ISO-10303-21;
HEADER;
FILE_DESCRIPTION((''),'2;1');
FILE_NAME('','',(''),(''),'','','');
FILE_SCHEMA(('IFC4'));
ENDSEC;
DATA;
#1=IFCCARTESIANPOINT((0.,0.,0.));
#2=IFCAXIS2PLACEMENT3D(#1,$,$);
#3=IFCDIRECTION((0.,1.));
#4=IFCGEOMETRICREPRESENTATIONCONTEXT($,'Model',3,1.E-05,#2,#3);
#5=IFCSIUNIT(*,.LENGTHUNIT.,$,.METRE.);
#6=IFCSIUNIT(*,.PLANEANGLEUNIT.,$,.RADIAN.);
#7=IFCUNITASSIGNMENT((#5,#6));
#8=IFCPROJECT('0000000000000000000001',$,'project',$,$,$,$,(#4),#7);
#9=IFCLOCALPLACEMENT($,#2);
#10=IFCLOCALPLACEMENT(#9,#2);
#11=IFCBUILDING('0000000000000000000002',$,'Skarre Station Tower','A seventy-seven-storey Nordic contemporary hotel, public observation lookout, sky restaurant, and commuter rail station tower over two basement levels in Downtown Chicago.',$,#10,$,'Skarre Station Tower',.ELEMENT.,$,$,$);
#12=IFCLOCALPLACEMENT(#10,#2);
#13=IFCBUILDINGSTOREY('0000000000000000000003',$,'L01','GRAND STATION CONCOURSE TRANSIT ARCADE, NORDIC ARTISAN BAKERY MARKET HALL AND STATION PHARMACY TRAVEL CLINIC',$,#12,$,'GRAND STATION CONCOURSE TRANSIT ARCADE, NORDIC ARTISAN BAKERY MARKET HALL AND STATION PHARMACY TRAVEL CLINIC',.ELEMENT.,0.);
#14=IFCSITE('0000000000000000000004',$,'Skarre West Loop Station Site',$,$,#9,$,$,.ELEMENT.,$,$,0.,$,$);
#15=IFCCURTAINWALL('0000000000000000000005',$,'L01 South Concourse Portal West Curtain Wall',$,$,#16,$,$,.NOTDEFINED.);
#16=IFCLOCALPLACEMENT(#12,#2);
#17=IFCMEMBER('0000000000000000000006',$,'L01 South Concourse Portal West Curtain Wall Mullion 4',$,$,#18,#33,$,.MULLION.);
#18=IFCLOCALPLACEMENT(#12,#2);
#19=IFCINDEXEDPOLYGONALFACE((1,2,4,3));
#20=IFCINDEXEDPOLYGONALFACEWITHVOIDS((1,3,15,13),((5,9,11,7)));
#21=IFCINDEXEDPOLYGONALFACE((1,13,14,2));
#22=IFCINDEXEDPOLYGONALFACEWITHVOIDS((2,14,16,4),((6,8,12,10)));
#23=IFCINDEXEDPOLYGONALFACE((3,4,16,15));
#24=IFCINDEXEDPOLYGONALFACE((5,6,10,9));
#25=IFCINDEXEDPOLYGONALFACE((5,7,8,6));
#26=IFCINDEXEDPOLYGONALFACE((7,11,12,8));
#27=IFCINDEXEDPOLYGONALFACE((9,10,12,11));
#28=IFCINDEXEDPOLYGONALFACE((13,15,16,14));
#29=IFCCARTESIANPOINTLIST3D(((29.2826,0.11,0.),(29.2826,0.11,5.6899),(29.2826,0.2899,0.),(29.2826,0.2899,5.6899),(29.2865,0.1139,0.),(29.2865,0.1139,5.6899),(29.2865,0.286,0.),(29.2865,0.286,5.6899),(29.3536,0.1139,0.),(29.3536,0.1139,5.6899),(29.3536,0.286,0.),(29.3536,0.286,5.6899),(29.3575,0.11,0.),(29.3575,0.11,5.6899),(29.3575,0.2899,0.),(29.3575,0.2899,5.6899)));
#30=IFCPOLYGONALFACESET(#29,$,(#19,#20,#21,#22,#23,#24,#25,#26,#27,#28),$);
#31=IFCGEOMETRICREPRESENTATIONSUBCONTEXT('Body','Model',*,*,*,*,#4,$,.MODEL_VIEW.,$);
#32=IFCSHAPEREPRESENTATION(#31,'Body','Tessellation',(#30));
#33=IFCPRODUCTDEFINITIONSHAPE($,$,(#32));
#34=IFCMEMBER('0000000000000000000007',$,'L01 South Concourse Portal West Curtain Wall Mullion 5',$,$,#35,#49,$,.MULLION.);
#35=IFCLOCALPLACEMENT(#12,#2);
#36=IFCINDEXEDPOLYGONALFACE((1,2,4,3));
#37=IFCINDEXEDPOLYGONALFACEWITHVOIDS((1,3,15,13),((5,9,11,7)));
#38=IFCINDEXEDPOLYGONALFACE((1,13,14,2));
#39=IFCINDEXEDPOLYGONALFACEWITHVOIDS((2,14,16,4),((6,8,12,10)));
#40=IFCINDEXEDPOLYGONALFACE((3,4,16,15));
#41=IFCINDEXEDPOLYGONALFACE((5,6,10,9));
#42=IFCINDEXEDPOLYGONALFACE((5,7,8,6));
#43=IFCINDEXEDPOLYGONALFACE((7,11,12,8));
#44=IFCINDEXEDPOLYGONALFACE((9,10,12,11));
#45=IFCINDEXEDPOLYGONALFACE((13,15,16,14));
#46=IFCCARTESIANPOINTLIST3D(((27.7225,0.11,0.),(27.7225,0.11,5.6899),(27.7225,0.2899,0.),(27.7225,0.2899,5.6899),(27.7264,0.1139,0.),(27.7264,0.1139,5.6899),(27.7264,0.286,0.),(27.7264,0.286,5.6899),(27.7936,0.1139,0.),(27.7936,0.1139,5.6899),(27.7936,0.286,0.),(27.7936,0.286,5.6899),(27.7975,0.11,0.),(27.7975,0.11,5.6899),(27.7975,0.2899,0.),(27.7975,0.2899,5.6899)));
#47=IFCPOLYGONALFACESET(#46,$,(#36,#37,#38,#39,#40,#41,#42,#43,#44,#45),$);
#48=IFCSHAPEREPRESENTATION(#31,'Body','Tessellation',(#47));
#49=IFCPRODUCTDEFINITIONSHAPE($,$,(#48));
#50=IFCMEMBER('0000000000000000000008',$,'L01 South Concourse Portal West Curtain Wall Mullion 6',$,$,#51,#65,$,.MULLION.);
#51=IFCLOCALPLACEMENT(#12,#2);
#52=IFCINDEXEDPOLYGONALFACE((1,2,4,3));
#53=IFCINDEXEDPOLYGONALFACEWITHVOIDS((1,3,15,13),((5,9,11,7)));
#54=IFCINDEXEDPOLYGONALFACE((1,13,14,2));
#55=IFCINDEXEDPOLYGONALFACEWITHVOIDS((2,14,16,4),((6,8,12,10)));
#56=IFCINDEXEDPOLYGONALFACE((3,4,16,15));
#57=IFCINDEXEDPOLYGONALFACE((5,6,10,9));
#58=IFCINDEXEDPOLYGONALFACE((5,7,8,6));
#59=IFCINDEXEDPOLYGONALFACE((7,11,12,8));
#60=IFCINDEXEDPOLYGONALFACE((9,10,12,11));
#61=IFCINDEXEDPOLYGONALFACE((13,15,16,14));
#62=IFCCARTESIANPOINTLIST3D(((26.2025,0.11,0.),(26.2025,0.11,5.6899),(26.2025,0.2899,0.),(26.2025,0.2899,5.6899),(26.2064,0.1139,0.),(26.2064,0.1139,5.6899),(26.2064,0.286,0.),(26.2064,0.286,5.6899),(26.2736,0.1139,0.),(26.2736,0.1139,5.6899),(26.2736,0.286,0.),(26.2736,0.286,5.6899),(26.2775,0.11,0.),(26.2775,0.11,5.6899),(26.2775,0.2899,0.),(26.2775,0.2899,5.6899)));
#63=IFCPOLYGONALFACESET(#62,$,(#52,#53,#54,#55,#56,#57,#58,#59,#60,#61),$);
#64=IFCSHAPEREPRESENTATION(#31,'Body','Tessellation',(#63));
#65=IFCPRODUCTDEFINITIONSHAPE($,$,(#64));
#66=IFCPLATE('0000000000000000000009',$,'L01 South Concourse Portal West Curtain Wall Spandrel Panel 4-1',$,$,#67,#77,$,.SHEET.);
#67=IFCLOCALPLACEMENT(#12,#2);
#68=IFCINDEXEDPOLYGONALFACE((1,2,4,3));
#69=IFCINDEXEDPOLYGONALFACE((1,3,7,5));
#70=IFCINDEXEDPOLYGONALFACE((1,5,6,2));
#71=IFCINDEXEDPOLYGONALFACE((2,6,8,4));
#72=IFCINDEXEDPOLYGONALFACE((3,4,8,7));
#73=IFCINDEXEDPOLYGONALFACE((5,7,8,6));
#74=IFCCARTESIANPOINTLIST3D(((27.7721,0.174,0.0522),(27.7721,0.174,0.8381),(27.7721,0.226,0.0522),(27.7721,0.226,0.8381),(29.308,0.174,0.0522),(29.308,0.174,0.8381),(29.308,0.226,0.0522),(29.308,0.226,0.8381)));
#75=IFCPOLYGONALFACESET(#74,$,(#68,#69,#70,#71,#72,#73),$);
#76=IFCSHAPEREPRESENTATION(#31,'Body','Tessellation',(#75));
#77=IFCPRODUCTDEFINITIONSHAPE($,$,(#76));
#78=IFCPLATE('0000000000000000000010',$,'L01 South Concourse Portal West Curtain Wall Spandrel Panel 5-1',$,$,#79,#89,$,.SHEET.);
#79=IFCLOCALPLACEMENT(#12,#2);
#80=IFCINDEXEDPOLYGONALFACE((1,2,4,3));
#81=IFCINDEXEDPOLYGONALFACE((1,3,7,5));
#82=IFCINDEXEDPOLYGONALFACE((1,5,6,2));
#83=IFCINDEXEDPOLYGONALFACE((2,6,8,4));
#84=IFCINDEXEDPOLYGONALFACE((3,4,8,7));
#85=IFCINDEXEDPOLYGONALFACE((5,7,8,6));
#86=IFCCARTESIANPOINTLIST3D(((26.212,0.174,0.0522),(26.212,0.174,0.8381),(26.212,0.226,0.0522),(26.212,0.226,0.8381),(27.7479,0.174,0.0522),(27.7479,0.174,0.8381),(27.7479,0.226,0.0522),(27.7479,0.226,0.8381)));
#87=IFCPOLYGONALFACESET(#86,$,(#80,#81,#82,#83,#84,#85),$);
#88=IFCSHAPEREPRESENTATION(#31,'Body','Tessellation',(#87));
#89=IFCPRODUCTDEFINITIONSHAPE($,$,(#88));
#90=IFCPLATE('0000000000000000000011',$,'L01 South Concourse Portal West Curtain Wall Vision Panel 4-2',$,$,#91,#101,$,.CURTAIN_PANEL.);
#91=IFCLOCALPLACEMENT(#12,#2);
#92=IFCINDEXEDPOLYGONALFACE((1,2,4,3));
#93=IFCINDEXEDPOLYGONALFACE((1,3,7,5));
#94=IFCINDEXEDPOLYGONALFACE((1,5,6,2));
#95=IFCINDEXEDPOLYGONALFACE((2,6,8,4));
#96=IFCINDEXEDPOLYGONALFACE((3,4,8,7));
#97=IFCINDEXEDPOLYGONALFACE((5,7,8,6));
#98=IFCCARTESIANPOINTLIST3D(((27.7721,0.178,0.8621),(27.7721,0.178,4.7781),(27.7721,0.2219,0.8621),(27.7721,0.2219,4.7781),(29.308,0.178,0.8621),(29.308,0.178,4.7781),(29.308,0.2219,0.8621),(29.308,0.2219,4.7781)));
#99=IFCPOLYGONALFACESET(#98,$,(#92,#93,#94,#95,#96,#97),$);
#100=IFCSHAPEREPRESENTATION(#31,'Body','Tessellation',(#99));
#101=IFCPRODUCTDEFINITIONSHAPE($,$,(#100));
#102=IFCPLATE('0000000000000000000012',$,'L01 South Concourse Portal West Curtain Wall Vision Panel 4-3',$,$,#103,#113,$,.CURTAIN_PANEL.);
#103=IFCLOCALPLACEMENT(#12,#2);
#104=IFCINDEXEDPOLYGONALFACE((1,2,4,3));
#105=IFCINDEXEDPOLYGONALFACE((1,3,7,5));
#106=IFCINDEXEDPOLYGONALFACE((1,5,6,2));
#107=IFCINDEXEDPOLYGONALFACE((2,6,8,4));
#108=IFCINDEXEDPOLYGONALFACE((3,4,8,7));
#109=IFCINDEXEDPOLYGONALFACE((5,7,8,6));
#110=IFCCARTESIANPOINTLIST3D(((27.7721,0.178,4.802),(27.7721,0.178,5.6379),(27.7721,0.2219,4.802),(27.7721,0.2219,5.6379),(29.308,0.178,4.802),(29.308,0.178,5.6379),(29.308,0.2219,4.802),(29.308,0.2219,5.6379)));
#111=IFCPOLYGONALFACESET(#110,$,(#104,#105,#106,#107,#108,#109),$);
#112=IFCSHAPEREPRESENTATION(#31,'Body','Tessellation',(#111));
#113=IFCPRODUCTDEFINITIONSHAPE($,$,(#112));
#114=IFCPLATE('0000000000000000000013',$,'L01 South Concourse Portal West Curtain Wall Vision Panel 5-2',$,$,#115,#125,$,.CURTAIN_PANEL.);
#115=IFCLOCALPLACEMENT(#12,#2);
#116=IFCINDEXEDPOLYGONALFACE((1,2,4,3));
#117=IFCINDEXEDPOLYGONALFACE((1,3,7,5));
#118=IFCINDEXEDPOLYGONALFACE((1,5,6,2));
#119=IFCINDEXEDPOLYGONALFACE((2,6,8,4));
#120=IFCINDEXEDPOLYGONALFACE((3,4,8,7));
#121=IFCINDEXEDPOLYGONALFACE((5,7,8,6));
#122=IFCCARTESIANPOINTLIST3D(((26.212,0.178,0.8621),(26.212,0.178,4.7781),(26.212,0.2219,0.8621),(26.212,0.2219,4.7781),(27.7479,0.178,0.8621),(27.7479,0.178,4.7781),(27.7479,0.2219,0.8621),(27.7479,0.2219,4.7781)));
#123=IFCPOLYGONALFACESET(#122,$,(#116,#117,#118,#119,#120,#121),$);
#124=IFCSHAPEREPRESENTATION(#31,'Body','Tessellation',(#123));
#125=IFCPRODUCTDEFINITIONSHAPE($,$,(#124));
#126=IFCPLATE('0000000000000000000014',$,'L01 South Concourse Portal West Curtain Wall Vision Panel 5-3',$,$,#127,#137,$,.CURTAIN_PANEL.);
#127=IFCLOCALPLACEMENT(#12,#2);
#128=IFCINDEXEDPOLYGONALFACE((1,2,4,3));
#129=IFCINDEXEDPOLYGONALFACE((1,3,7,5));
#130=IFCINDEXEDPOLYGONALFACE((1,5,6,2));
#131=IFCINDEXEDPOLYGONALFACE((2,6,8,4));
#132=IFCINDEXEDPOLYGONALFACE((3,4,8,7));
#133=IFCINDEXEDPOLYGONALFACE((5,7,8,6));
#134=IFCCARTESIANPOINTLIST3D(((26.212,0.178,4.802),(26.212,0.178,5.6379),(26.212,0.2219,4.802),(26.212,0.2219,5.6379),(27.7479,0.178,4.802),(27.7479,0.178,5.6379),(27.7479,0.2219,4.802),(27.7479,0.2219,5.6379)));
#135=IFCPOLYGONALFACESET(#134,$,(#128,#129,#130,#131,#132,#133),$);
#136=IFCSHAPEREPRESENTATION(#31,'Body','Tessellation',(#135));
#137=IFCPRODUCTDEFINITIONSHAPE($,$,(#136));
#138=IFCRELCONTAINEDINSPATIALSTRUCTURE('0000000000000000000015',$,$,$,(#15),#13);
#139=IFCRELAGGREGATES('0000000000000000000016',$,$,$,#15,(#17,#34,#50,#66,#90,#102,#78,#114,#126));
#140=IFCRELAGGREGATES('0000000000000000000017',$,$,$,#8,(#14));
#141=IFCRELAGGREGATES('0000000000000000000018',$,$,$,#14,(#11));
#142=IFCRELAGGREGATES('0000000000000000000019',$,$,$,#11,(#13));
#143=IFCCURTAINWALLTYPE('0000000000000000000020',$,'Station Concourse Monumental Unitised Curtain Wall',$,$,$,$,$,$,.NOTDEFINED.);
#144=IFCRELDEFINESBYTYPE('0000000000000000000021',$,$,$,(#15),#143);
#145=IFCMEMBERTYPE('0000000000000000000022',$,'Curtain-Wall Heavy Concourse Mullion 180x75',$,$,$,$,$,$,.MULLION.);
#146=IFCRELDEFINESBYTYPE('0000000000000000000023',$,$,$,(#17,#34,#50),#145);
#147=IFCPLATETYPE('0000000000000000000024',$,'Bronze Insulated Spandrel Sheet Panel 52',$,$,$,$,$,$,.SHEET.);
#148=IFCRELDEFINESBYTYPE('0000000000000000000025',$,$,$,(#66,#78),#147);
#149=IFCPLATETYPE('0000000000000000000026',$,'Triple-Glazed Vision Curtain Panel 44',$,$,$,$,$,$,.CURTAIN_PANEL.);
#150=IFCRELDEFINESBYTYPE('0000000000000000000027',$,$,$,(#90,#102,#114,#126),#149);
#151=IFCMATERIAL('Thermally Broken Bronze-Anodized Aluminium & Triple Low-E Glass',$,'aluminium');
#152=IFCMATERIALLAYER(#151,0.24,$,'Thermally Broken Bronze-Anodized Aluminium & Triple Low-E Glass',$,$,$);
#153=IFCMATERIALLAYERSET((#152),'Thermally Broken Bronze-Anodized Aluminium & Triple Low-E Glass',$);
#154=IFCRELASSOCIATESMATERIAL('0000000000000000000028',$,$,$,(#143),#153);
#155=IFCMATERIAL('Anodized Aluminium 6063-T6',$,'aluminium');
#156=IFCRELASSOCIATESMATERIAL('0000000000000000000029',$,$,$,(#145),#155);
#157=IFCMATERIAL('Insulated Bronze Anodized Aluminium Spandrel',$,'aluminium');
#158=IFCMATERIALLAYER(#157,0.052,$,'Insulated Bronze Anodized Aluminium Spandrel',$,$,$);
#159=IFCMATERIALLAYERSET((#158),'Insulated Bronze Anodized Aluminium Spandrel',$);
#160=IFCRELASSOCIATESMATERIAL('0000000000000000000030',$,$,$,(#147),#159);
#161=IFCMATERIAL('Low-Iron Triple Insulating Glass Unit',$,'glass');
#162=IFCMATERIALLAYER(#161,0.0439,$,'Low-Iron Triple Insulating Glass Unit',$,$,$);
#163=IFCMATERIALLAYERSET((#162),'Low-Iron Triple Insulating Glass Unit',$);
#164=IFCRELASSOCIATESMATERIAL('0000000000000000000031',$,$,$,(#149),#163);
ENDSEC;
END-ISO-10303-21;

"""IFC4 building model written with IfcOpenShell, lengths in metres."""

from ifc_helpers import new_model, si_unit, direction, frame, origin, origin_2d, place, context, subcontext, project, spatial, rectangle, hollow_rectangle, extrude, material, layer, layer_set, material_profile, profile_set, type_object, element, aggregate, save


model = new_model("IFC4")

# Units and contexts
model_context = context("Model", 3, precision=1e-05, world=origin(), true_north=direction((0.0, 1.0)))
body_context = subcontext(model_context, "Body", "Model", "MODEL_VIEW")
ifc_project = project(units=[si_unit("LENGTHUNIT", "METRE"), si_unit("PLANEANGLEUNIT", "RADIAN")], contexts=[model_context])

# Site, building, storey
site_placement = place(None, origin())
site = spatial("IfcSite", under=ifc_project, at=site_placement, Name="Skarre West Loop Station Site", CompositionType="ELEMENT", RefElevation=0.0)
building_placement = place(site_placement, origin())
building = spatial("IfcBuilding", under=site, at=building_placement, Name="Skarre Station Tower", Description="A seventy-seven-storey Nordic contemporary hotel, public observation lookout, sky restaurant, and commuter rail station tower over two basement levels in Downtown Chicago.", LongName="Skarre Station Tower", CompositionType="ELEMENT")
storey_placement = place(building_placement, origin())
storey = spatial("IfcBuildingStorey", under=building, at=storey_placement, Name="L01", Description="GRAND STATION CONCOURSE TRANSIT ARCADE, NORDIC ARTISAN BAKERY MARKET HALL AND STATION PHARMACY TRAVEL CLINIC", LongName="GRAND STATION CONCOURSE TRANSIT ARCADE, NORDIC ARTISAN BAKERY MARKET HALL AND STATION PHARMACY TRAVEL CLINIC", CompositionType="ELEMENT", Elevation=0.0)

# Curtain wall, members, plates
ifc_material_1 = material(Name="Thermally Broken Bronze-Anodized Aluminium & Triple Low-E Glass", Category="aluminium")
ifc_layer_1 = layer(ifc_material_1, 0.24, Name="Thermally Broken Bronze-Anodized Aluminium & Triple Low-E Glass")
ifc_layer_set_1 = layer_set([ifc_layer_1], Name="Thermally Broken Bronze-Anodized Aluminium & Triple Low-E Glass")
curtain_wall_type = type_object("IfcCurtainWallType", Name="Station Concourse Monumental Unitised Curtain Wall", PredefinedType="NOTDEFINED", material=ifc_layer_set_1)
curtain_wall_placement = place(storey_placement, origin())
curtain_wall = element("IfcCurtainWall", 1, at=curtain_wall_placement, inside=storey, type_object=curtain_wall_type, Name="L01 South Concourse Portal West Curtain Wall", PredefinedType="NOTDEFINED")
ifc_material_2 = material(Name="Anodized Aluminium 6063-T6", Category="aluminium")
ifc_material_profile = material_profile(ifc_material_2, hollow_rectangle(XDim=0.075, YDim=0.1799, WallThickness=0.0039, at=origin_2d()), Name="Anodized Aluminium 6063-T6")
ifc_profile_set = profile_set([ifc_material_profile], Name="Anodized Aluminium 6063-T6")
member_type = type_object("IfcMemberType", Name="Curtain-Wall Heavy Concourse Mullion 180x75", PredefinedType="MULLION", material=ifc_profile_set)
member_1_placement = place(storey_placement, frame((29.3201, 0.2, 0.0), z_axis=(0.0, 0.0, 1.0), x_axis=(-1.0, 0.0, 0.0)))
member_1 = element("IfcMember", 2, at=member_1_placement, type_object=member_type, Name="L01 South Concourse Portal West Curtain Wall Mullion 4", PredefinedType="MULLION", context=body_context, shape_type="SweptSolid", body=[
    extrude(hollow_rectangle(XDim=0.075, YDim=0.1799, WallThickness=0.0039, at=origin_2d()), origin(), (0.0, 0.0, 1.0), 5.6899),
])
member_2_placement = place(storey_placement, frame((27.76, 0.2, 0.0), z_axis=(0.0, 0.0, 1.0), x_axis=(-1.0, 0.0, 0.0)))
member_2 = element("IfcMember", 3, at=member_2_placement, type_object=member_type, Name="L01 South Concourse Portal West Curtain Wall Mullion 5", PredefinedType="MULLION", context=body_context, shape_type="SweptSolid", body=[
    extrude(hollow_rectangle(XDim=0.075, YDim=0.1799, WallThickness=0.0039, at=origin_2d()), origin(), (0.0, 0.0, 1.0), 5.6899),
])
member_3_placement = place(storey_placement, frame((26.24, 0.2, 0.0), z_axis=(0.0, 0.0, 1.0), x_axis=(-1.0, 0.0, 0.0)))
member_3 = element("IfcMember", 4, at=member_3_placement, type_object=member_type, Name="L01 South Concourse Portal West Curtain Wall Mullion 6", PredefinedType="MULLION", context=body_context, shape_type="SweptSolid", body=[
    extrude(hollow_rectangle(XDim=0.075, YDim=0.1799, WallThickness=0.0039, at=origin_2d()), origin(), (0.0, 0.0, 1.0), 5.6899),
])
ifc_material_3 = material(Name="Insulated Bronze Anodized Aluminium Spandrel", Category="aluminium")
ifc_layer_2 = layer(ifc_material_3, 0.052, Name="Insulated Bronze Anodized Aluminium Spandrel")
ifc_layer_set_2 = layer_set([ifc_layer_2], Name="Insulated Bronze Anodized Aluminium Spandrel")
plate_type_1 = type_object("IfcPlateType", Name="Bronze Insulated Spandrel Sheet Panel 52", PredefinedType="SHEET", material=ifc_layer_set_2)
plate_1_placement = place(storey_placement, frame((28.54, 0.2, 0.0522), z_axis=(0.0, 0.0, 1.0), x_axis=(-1.0, 0.0, 0.0)))
plate_1 = element("IfcPlate", 5, at=plate_1_placement, type_object=plate_type_1, Name="L01 South Concourse Portal West Curtain Wall Spandrel Panel 4-1", PredefinedType="SHEET", context=body_context, shape_type="SweptSolid", body=[
    extrude(rectangle(XDim=1.5359, YDim=0.052, at=origin_2d()), origin(), (0.0, 0.0, 1.0), 0.7859),
])
plate_2_placement = place(storey_placement, frame((26.98, 0.2, 0.0522), z_axis=(0.0, 0.0, 1.0), x_axis=(-1.0, 0.0, 0.0)))
plate_2 = element("IfcPlate", 6, at=plate_2_placement, type_object=plate_type_1, Name="L01 South Concourse Portal West Curtain Wall Spandrel Panel 5-1", PredefinedType="SHEET", context=body_context, shape_type="SweptSolid", body=[
    extrude(rectangle(XDim=1.5359, YDim=0.052, at=origin_2d()), origin(), (0.0, 0.0, 1.0), 0.7859),
])
ifc_material_4 = material(Name="Low-Iron Triple Insulating Glass Unit", Category="glass")
ifc_layer_3 = layer(ifc_material_4, 0.0439, Name="Low-Iron Triple Insulating Glass Unit")
ifc_layer_set_3 = layer_set([ifc_layer_3], Name="Low-Iron Triple Insulating Glass Unit")
plate_type_2 = type_object("IfcPlateType", Name="Triple-Glazed Vision Curtain Panel 44", PredefinedType="CURTAIN_PANEL", material=ifc_layer_set_3)
plate_3_placement = place(storey_placement, frame((28.54, 0.2, 0.8621), z_axis=(0.0, 0.0, 1.0), x_axis=(-1.0, 0.0, 0.0)))
plate_3 = element("IfcPlate", 7, at=plate_3_placement, type_object=plate_type_2, Name="L01 South Concourse Portal West Curtain Wall Vision Panel 4-2", PredefinedType="CURTAIN_PANEL", context=body_context, shape_type="SweptSolid", body=[
    extrude(rectangle(XDim=1.5359, YDim=0.0439, at=origin_2d()), origin(), (0.0, 0.0, 1.0), 3.916),
])
plate_4_placement = place(storey_placement, frame((28.54, 0.2, 4.802), z_axis=(0.0, 0.0, 1.0), x_axis=(-1.0, 0.0, 0.0)))
plate_4 = element("IfcPlate", 8, at=plate_4_placement, type_object=plate_type_2, Name="L01 South Concourse Portal West Curtain Wall Vision Panel 4-3", PredefinedType="CURTAIN_PANEL", context=body_context, shape_type="SweptSolid", body=[
    extrude(rectangle(XDim=1.5359, YDim=0.0439, at=origin_2d()), origin(), (0.0, 0.0, 1.0), 0.8359),
])
plate_5_placement = place(storey_placement, frame((26.98, 0.2, 0.8621), z_axis=(0.0, 0.0, 1.0), x_axis=(-1.0, 0.0, 0.0)))
plate_5 = element("IfcPlate", 9, at=plate_5_placement, type_object=plate_type_2, Name="L01 South Concourse Portal West Curtain Wall Vision Panel 5-2", PredefinedType="CURTAIN_PANEL", context=body_context, shape_type="SweptSolid", body=[
    extrude(rectangle(XDim=1.5359, YDim=0.0439, at=origin_2d()), origin(), (0.0, 0.0, 1.0), 3.916),
])
plate_6_placement = place(storey_placement, frame((26.98, 0.2, 4.802), z_axis=(0.0, 0.0, 1.0), x_axis=(-1.0, 0.0, 0.0)))
plate_6 = element("IfcPlate", 10, at=plate_6_placement, type_object=plate_type_2, Name="L01 South Concourse Portal West Curtain Wall Vision Panel 5-3", PredefinedType="CURTAIN_PANEL", context=body_context, shape_type="SweptSolid", body=[
    extrude(rectangle(XDim=1.5359, YDim=0.0439, at=origin_2d()), origin(), (0.0, 0.0, 1.0), 0.8359),
])
aggregate(curtain_wall, [member_1, member_2, member_3, plate_1, plate_3, plate_4, plate_2, plate_5, plate_6])

save(model, "model.ifc")
